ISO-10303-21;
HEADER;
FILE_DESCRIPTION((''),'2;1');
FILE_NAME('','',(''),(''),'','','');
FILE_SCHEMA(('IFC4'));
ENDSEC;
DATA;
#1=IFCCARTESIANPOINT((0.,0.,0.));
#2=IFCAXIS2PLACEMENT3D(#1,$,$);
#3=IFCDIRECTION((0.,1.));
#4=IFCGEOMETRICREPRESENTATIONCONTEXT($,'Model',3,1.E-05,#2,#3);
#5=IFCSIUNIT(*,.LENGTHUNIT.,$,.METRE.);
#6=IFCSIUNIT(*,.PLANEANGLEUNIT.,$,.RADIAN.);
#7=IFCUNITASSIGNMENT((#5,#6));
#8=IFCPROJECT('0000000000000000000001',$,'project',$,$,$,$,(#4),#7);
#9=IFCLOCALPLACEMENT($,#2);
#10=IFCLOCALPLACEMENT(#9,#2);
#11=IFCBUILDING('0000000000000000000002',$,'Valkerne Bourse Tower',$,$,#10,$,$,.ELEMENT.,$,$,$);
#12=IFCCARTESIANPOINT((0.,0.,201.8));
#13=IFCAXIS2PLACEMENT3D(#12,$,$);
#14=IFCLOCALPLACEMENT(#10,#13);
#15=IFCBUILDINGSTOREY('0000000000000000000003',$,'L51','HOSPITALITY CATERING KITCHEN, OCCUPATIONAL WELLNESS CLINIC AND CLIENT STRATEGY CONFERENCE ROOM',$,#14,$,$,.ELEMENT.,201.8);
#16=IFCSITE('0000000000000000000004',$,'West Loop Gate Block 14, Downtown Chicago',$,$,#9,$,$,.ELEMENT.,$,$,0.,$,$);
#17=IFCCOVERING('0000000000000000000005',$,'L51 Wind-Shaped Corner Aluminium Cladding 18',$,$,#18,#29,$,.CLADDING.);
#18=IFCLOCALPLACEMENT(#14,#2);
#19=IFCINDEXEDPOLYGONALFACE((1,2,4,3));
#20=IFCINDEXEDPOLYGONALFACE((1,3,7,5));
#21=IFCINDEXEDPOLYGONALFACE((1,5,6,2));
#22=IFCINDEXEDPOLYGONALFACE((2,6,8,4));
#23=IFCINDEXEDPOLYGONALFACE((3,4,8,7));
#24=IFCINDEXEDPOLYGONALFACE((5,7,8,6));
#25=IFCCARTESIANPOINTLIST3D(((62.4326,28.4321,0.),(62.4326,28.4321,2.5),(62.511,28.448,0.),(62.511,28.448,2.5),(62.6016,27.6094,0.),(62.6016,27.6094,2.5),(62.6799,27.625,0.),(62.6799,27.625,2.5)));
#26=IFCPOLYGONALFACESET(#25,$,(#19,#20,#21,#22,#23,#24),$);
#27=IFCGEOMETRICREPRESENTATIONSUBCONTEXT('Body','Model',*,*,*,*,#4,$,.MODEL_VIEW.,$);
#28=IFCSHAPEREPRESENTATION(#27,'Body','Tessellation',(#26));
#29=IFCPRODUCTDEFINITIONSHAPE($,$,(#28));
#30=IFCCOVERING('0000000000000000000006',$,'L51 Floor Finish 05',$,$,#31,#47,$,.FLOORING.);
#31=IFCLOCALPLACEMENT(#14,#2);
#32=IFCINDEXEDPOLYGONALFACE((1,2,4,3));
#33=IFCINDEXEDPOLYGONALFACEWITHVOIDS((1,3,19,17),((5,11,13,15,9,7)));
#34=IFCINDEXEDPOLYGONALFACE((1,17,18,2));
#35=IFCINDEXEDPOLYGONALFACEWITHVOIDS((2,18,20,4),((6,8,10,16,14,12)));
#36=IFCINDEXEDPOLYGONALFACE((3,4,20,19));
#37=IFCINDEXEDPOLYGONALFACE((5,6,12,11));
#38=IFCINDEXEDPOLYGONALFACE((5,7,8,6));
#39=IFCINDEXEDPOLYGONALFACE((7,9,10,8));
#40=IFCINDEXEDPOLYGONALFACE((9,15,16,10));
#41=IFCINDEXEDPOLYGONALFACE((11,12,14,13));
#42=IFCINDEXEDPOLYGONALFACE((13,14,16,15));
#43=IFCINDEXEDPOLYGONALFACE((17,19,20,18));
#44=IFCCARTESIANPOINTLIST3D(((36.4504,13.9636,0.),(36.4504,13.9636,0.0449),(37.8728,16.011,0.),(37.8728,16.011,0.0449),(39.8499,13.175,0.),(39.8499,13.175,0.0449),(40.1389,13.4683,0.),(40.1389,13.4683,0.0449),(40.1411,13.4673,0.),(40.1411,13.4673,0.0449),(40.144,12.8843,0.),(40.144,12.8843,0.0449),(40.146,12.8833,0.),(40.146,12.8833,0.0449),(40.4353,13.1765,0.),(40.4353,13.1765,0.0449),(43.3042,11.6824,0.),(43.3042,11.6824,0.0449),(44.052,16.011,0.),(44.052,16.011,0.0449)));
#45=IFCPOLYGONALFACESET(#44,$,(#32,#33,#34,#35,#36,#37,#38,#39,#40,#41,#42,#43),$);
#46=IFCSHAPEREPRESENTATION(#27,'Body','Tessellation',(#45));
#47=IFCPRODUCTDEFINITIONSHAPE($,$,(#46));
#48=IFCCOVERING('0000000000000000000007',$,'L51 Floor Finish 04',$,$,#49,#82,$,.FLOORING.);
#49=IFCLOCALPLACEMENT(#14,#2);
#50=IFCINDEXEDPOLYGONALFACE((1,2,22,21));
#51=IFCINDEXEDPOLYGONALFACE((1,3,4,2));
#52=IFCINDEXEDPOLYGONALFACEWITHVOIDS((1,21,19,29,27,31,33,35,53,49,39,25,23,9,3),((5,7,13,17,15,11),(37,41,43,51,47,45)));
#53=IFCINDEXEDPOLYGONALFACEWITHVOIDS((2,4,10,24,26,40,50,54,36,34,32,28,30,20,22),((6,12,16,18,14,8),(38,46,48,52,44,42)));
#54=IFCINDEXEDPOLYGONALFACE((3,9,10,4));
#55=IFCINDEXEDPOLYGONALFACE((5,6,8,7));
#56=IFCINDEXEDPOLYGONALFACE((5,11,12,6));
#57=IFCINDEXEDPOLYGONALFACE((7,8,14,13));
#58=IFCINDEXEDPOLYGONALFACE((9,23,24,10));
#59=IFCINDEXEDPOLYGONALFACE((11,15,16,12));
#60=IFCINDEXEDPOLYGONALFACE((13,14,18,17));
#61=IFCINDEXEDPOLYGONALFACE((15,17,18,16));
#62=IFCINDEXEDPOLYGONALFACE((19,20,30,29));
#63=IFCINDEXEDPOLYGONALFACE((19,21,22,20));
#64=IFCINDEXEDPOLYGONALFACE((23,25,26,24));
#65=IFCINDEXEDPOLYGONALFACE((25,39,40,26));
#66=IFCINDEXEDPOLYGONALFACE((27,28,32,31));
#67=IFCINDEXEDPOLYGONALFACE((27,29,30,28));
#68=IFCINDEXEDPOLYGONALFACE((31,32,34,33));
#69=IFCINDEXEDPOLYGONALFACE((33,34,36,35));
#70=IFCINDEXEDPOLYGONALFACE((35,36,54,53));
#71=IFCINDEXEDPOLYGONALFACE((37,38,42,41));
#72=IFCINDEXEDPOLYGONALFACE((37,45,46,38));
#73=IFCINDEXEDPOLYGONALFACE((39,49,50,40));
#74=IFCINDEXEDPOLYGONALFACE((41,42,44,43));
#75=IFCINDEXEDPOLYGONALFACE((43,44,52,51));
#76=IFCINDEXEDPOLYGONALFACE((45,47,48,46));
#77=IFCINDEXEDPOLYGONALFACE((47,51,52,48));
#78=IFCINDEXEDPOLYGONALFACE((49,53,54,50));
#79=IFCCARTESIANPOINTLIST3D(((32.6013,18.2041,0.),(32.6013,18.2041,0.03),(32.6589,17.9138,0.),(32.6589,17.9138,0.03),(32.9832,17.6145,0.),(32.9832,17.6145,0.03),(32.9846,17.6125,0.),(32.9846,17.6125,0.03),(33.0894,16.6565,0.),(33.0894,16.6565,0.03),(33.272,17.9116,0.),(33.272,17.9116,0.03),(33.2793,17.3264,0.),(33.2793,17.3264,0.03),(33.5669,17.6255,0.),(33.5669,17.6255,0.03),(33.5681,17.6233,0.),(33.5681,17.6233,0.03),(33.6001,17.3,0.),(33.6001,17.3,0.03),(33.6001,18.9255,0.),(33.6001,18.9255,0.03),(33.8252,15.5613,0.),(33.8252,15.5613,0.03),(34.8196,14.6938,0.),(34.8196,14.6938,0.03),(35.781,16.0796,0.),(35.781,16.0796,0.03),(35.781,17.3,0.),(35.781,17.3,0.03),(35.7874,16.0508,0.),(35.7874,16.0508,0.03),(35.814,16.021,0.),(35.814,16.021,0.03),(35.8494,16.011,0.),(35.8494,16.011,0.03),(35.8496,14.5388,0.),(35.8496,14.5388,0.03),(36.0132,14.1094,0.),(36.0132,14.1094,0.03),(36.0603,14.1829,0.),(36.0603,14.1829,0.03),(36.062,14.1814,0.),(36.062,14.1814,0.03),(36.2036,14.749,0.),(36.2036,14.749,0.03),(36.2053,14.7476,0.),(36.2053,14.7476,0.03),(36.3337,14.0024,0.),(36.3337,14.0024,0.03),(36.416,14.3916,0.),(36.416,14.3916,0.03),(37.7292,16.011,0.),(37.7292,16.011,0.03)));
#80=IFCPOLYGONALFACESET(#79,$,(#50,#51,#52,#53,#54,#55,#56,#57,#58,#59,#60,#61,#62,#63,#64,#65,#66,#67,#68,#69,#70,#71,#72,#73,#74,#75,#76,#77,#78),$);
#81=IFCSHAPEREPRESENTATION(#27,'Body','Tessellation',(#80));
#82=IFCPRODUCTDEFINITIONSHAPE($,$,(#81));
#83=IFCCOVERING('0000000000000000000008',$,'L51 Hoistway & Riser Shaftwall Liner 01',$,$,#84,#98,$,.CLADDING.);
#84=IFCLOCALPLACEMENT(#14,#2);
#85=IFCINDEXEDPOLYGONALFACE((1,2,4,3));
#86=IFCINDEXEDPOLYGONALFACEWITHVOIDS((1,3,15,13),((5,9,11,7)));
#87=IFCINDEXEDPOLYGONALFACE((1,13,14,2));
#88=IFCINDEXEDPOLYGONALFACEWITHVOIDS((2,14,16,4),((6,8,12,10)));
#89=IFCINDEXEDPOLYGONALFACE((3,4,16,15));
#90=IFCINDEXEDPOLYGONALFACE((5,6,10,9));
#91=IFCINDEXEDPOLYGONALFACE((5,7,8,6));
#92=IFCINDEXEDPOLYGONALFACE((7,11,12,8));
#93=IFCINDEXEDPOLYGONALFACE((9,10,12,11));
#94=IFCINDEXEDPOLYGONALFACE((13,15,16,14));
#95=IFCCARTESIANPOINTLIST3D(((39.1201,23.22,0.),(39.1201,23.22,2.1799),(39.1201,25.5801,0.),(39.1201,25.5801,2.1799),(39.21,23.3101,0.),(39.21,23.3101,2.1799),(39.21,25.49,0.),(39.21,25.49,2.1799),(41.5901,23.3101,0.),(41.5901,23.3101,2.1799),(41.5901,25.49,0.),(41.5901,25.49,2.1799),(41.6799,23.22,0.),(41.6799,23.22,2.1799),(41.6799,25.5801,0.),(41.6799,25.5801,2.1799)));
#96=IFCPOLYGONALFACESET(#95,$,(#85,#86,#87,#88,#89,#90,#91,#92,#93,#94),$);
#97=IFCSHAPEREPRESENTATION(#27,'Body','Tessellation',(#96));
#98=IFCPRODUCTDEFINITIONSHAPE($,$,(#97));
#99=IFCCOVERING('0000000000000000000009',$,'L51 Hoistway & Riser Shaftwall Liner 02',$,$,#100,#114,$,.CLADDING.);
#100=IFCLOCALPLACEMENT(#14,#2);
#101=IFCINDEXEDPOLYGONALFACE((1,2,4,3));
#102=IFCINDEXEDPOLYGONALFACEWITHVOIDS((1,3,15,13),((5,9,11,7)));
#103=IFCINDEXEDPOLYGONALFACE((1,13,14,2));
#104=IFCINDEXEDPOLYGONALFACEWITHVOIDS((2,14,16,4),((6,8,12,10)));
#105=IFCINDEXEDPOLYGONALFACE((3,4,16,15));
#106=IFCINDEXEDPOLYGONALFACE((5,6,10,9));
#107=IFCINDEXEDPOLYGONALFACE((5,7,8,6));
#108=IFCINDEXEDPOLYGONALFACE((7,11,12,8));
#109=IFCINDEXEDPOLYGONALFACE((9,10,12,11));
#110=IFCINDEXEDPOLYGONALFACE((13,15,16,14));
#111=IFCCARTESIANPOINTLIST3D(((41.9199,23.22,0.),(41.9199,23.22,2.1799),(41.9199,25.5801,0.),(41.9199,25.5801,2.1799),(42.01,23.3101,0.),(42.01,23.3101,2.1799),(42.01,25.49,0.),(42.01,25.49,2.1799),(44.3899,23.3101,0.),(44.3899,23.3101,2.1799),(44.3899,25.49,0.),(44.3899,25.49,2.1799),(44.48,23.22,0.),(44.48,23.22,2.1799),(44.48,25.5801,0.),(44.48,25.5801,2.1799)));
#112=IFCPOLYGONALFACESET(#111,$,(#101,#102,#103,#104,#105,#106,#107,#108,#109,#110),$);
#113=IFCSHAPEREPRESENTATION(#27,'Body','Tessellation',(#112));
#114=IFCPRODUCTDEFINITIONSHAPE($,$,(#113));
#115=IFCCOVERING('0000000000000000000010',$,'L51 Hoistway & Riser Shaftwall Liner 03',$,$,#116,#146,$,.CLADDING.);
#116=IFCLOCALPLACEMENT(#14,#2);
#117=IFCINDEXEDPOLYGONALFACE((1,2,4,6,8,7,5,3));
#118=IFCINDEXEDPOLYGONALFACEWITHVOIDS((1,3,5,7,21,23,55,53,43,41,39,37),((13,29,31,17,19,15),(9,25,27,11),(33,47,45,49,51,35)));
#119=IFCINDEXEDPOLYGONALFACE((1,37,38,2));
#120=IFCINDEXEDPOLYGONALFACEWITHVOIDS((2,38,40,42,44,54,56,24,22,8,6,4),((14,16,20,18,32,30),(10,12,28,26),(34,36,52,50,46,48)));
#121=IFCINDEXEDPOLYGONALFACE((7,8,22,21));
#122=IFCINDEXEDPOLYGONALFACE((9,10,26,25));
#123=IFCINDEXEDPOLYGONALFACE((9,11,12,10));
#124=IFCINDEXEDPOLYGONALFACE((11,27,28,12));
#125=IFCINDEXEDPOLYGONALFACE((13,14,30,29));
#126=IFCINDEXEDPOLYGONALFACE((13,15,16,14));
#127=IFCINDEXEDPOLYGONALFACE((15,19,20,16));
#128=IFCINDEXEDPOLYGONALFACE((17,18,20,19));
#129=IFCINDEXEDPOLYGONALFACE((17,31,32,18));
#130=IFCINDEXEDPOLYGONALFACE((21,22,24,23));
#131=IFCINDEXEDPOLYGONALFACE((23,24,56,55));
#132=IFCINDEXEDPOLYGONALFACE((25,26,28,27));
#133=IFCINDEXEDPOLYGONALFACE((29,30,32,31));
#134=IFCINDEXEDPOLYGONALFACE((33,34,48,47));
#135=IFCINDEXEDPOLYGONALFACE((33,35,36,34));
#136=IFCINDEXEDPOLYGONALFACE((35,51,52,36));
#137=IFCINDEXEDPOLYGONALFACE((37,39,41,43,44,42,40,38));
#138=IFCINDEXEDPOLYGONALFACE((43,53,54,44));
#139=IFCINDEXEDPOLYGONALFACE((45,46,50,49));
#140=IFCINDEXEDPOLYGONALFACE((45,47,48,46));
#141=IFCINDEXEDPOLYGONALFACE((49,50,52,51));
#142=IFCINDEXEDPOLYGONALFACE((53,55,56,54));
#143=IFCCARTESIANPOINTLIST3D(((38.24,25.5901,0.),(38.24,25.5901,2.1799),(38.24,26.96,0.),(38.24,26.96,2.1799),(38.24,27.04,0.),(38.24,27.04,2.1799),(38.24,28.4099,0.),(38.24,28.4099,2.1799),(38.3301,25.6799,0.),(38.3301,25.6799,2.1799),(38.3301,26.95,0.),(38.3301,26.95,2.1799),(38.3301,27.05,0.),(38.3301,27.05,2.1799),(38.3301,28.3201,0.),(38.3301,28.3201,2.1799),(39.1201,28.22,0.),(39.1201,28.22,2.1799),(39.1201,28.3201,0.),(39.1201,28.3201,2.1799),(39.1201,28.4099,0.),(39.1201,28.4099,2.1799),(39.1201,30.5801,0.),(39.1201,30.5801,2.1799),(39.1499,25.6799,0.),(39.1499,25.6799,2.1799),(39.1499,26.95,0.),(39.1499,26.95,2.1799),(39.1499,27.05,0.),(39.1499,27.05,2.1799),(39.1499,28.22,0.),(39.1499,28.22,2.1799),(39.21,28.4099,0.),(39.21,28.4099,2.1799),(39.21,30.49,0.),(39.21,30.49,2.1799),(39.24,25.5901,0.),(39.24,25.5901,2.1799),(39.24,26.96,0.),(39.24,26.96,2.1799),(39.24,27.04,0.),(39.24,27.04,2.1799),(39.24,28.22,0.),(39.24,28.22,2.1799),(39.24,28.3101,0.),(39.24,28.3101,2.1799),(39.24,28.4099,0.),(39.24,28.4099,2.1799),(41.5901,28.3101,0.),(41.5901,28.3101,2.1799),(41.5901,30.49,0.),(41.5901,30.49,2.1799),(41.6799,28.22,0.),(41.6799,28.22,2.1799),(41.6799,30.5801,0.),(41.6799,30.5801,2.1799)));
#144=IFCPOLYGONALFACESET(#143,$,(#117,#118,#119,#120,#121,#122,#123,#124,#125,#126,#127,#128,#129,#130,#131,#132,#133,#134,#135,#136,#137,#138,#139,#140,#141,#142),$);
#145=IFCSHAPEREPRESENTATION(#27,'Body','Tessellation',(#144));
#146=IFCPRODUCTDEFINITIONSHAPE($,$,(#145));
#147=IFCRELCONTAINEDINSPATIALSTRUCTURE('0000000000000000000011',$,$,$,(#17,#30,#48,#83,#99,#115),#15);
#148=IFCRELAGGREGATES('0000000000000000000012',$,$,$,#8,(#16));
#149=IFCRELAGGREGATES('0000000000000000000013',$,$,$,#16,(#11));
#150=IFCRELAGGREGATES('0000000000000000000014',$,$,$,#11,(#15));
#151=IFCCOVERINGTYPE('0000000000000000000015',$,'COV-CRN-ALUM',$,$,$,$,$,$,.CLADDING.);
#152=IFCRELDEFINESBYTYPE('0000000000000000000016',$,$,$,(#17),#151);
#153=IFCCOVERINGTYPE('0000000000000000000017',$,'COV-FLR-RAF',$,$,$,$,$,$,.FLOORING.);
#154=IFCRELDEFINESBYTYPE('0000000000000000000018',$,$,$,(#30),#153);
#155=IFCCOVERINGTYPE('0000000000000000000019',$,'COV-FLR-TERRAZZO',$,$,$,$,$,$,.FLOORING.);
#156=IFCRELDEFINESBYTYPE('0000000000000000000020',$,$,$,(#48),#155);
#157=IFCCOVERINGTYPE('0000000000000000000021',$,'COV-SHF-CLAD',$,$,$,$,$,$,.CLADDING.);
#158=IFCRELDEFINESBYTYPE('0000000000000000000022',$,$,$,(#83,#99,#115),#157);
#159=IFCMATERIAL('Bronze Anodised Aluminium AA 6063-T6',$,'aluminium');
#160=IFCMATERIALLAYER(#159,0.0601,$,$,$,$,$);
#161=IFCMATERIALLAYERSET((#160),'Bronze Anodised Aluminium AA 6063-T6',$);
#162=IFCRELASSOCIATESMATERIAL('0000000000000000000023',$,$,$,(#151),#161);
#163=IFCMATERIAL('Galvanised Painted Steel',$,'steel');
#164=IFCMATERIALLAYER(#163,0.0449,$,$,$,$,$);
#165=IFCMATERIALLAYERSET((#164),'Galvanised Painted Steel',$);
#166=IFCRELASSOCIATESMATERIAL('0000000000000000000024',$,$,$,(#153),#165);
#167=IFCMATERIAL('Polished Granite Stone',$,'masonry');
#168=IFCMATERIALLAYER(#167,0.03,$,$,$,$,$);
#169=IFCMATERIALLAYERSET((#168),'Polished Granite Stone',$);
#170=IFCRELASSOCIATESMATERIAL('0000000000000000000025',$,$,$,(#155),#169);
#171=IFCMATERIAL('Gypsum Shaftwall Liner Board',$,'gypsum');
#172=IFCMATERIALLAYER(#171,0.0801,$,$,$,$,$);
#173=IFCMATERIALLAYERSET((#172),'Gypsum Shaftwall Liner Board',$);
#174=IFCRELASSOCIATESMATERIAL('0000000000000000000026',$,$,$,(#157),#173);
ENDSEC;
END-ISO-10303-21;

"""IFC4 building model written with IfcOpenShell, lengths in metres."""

from ifc_helpers import new_model, si_unit, direction, frame, origin, place, context, subcontext, project, spatial, polyline, outline, extrude, material, layer, layer_set, type_object, element, save


model = new_model("IFC4")

# Units and contexts
model_context = context("Model", 3, precision=1e-05, world=origin(), true_north=direction((0.0, 1.0)))
body_context = subcontext(model_context, "Body", "Model", "MODEL_VIEW")
ifc_project = project(units=[si_unit("LENGTHUNIT", "METRE"), si_unit("PLANEANGLEUNIT", "RADIAN")], contexts=[model_context])

# Site, building, storey
site_placement = place(None, origin())
site = spatial("IfcSite", under=ifc_project, at=site_placement, Name="West Loop Gate Block 14, Downtown Chicago", CompositionType="ELEMENT", RefElevation=0.0)
building_placement = place(site_placement, origin())
building = spatial("IfcBuilding", under=site, at=building_placement, Name="Valkerne Bourse Tower", CompositionType="ELEMENT")
storey_placement = place(building_placement, frame((0.0, 0.0, 201.8)))
storey = spatial("IfcBuildingStorey", under=building, at=storey_placement, Name="L51", Description="HOSPITALITY CATERING KITCHEN, OCCUPATIONAL WELLNESS CLINIC AND CLIENT STRATEGY CONFERENCE ROOM", CompositionType="ELEMENT", Elevation=201.8)

# Coverings
ifc_material_1 = material(Name="Bronze Anodised Aluminium AA 6063-T6", Category="aluminium")
ifc_layer_1 = layer(ifc_material_1, 0.0601)
ifc_layer_set_1 = layer_set([ifc_layer_1], Name="Bronze Anodised Aluminium AA 6063-T6")
covering_type_1 = type_object("IfcCoveringType", Name="COV-CRN-ALUM", PredefinedType="CLADDING", material=ifc_layer_set_1)
covering_1_placement = place(storey_placement, origin())
element("IfcCovering", 1, at=covering_1_placement, inside=storey, type_object=covering_type_1, Name="L51 Wind-Shaped Corner Aluminium Cladding 18", PredefinedType="CLADDING", context=body_context, shape_type="SweptSolid", body=[
    extrude(outline(polyline([(62.6799, 27.625), (62.6016, 27.6094), (62.4326, 28.4321), (62.511, 28.448), (62.6799, 27.625)])), origin(), (0.0, 0.0, 1.0), 2.5),
])
ifc_material_2 = material(Name="Galvanised Painted Steel", Category="steel")
ifc_layer_2 = layer(ifc_material_2, 0.0449)
ifc_layer_set_2 = layer_set([ifc_layer_2], Name="Galvanised Painted Steel")
covering_type_2 = type_object("IfcCoveringType", Name="COV-FLR-RAF", PredefinedType="FLOORING", material=ifc_layer_set_2)
covering_2_placement = place(storey_placement, origin())
element("IfcCovering", 2, at=covering_2_placement, inside=storey, type_object=covering_type_2, Name="L51 Floor Finish 05", PredefinedType="FLOORING", context=body_context, shape_type="SweptSolid", body=[
    extrude(outline(polyline([(44.052, 16.011), (43.3042, 11.6824), (36.4504, 13.9636), (37.8728, 16.011), (44.052, 16.011)]), holes=[polyline([(40.1411, 13.4673), (40.1389, 13.4683), (39.8499, 13.175), (40.144, 12.8843), (40.146, 12.8833), (40.4353, 13.1765), (40.1411, 13.4673)])]), origin(), (0.0, 0.0, 1.0), 0.0449),
])
ifc_material_3 = material(Name="Polished Granite Stone", Category="masonry")
ifc_layer_3 = layer(ifc_material_3, 0.03)
ifc_layer_set_3 = layer_set([ifc_layer_3], Name="Polished Granite Stone")
covering_type_3 = type_object("IfcCoveringType", Name="COV-FLR-TERRAZZO", PredefinedType="FLOORING", material=ifc_layer_set_3)
covering_3_placement = place(storey_placement, origin())
element("IfcCovering", 3, at=covering_3_placement, inside=storey, type_object=covering_type_3, Name="L51 Floor Finish 04", PredefinedType="FLOORING", context=body_context, shape_type="SweptSolid", body=[
    extrude(outline(polyline([(33.8252, 15.5613), (33.0894, 16.6565), (32.6589, 17.9138), (32.6013, 18.2041), (33.6001, 18.9255), (33.6001, 17.3), (35.781, 17.3), (35.781, 16.0796), (35.7874, 16.0508), (35.814, 16.021), (35.8494, 16.011), (37.7292, 16.011), (36.3337, 14.0024), (36.0132, 14.1094), (34.8196, 14.6938), (33.8252, 15.5613)]), holes=[polyline([(36.2053, 14.7476), (36.2036, 14.749), (35.8496, 14.5388), (36.0603, 14.1829), (36.062, 14.1814), (36.416, 14.3916), (36.2053, 14.7476)]), polyline([(33.5669, 17.6255), (33.272, 17.9116), (32.9832, 17.6145), (32.9846, 17.6125), (33.2793, 17.3264), (33.5681, 17.6233), (33.5669, 17.6255)])]), origin(), (0.0, 0.0, 1.0), 0.03),
])
ifc_material_4 = material(Name="Gypsum Shaftwall Liner Board", Category="gypsum")
ifc_layer_4 = layer(ifc_material_4, 0.0801)
ifc_layer_set_4 = layer_set([ifc_layer_4], Name="Gypsum Shaftwall Liner Board")
covering_type_4 = type_object("IfcCoveringType", Name="COV-SHF-CLAD", PredefinedType="CLADDING", material=ifc_layer_set_4)
covering_4_placement = place(storey_placement, origin())
element("IfcCovering", 4, at=covering_4_placement, inside=storey, type_object=covering_type_4, Name="L51 Hoistway & Riser Shaftwall Liner 01", PredefinedType="CLADDING", context=body_context, shape_type="SweptSolid", body=[
    extrude(outline(polyline([(41.6799, 25.5801), (41.6799, 23.22), (39.1201, 23.22), (39.1201, 25.5801), (41.6799, 25.5801)]), holes=[polyline([(41.5901, 25.49), (39.21, 25.49), (39.21, 23.3101), (41.5901, 23.3101), (41.5901, 25.49)])]), origin(), (0.0, 0.0, 1.0), 2.1799),
])
covering_5_placement = place(storey_placement, origin())
element("IfcCovering", 5, at=covering_5_placement, inside=storey, type_object=covering_type_4, Name="L51 Hoistway & Riser Shaftwall Liner 02", PredefinedType="CLADDING", context=body_context, shape_type="SweptSolid", body=[
    extrude(outline(polyline([(44.48, 23.22), (41.9199, 23.22), (41.9199, 25.5801), (44.48, 25.5801), (44.48, 23.22)]), holes=[polyline([(42.01, 25.49), (42.01, 23.3101), (44.3899, 23.3101), (44.3899, 25.49), (42.01, 25.49)])]), origin(), (0.0, 0.0, 1.0), 2.1799),
])
covering_6_placement = place(storey_placement, origin())
element("IfcCovering", 6, at=covering_6_placement, inside=storey, type_object=covering_type_4, Name="L51 Hoistway & Riser Shaftwall Liner 03", PredefinedType="CLADDING", context=body_context, shape_type="SweptSolid", body=[
    extrude(outline(polyline([(38.24, 28.4099), (39.1201, 28.4099), (39.1201, 30.5801), (41.6799, 30.5801), (41.6799, 28.22), (39.24, 28.22), (39.24, 27.04), (39.24, 26.96), (39.24, 25.5901), (38.24, 25.5901), (38.24, 26.96), (38.24, 27.04), (38.24, 28.4099)]), holes=[polyline([(38.3301, 26.95), (38.3301, 25.6799), (39.1499, 25.6799), (39.1499, 26.95), (38.3301, 26.95)]), polyline([(39.21, 30.49), (39.21, 28.4099), (39.24, 28.4099), (39.24, 28.3101), (41.5901, 28.3101), (41.5901, 30.49), (39.21, 30.49)]), polyline([(38.3301, 27.05), (39.1499, 27.05), (39.1499, 28.22), (39.1201, 28.22), (39.1201, 28.3201), (38.3301, 28.3201), (38.3301, 27.05)])]), origin(), (0.0, 0.0, 1.0), 2.1799),
])

save(model, "model.ifc")
